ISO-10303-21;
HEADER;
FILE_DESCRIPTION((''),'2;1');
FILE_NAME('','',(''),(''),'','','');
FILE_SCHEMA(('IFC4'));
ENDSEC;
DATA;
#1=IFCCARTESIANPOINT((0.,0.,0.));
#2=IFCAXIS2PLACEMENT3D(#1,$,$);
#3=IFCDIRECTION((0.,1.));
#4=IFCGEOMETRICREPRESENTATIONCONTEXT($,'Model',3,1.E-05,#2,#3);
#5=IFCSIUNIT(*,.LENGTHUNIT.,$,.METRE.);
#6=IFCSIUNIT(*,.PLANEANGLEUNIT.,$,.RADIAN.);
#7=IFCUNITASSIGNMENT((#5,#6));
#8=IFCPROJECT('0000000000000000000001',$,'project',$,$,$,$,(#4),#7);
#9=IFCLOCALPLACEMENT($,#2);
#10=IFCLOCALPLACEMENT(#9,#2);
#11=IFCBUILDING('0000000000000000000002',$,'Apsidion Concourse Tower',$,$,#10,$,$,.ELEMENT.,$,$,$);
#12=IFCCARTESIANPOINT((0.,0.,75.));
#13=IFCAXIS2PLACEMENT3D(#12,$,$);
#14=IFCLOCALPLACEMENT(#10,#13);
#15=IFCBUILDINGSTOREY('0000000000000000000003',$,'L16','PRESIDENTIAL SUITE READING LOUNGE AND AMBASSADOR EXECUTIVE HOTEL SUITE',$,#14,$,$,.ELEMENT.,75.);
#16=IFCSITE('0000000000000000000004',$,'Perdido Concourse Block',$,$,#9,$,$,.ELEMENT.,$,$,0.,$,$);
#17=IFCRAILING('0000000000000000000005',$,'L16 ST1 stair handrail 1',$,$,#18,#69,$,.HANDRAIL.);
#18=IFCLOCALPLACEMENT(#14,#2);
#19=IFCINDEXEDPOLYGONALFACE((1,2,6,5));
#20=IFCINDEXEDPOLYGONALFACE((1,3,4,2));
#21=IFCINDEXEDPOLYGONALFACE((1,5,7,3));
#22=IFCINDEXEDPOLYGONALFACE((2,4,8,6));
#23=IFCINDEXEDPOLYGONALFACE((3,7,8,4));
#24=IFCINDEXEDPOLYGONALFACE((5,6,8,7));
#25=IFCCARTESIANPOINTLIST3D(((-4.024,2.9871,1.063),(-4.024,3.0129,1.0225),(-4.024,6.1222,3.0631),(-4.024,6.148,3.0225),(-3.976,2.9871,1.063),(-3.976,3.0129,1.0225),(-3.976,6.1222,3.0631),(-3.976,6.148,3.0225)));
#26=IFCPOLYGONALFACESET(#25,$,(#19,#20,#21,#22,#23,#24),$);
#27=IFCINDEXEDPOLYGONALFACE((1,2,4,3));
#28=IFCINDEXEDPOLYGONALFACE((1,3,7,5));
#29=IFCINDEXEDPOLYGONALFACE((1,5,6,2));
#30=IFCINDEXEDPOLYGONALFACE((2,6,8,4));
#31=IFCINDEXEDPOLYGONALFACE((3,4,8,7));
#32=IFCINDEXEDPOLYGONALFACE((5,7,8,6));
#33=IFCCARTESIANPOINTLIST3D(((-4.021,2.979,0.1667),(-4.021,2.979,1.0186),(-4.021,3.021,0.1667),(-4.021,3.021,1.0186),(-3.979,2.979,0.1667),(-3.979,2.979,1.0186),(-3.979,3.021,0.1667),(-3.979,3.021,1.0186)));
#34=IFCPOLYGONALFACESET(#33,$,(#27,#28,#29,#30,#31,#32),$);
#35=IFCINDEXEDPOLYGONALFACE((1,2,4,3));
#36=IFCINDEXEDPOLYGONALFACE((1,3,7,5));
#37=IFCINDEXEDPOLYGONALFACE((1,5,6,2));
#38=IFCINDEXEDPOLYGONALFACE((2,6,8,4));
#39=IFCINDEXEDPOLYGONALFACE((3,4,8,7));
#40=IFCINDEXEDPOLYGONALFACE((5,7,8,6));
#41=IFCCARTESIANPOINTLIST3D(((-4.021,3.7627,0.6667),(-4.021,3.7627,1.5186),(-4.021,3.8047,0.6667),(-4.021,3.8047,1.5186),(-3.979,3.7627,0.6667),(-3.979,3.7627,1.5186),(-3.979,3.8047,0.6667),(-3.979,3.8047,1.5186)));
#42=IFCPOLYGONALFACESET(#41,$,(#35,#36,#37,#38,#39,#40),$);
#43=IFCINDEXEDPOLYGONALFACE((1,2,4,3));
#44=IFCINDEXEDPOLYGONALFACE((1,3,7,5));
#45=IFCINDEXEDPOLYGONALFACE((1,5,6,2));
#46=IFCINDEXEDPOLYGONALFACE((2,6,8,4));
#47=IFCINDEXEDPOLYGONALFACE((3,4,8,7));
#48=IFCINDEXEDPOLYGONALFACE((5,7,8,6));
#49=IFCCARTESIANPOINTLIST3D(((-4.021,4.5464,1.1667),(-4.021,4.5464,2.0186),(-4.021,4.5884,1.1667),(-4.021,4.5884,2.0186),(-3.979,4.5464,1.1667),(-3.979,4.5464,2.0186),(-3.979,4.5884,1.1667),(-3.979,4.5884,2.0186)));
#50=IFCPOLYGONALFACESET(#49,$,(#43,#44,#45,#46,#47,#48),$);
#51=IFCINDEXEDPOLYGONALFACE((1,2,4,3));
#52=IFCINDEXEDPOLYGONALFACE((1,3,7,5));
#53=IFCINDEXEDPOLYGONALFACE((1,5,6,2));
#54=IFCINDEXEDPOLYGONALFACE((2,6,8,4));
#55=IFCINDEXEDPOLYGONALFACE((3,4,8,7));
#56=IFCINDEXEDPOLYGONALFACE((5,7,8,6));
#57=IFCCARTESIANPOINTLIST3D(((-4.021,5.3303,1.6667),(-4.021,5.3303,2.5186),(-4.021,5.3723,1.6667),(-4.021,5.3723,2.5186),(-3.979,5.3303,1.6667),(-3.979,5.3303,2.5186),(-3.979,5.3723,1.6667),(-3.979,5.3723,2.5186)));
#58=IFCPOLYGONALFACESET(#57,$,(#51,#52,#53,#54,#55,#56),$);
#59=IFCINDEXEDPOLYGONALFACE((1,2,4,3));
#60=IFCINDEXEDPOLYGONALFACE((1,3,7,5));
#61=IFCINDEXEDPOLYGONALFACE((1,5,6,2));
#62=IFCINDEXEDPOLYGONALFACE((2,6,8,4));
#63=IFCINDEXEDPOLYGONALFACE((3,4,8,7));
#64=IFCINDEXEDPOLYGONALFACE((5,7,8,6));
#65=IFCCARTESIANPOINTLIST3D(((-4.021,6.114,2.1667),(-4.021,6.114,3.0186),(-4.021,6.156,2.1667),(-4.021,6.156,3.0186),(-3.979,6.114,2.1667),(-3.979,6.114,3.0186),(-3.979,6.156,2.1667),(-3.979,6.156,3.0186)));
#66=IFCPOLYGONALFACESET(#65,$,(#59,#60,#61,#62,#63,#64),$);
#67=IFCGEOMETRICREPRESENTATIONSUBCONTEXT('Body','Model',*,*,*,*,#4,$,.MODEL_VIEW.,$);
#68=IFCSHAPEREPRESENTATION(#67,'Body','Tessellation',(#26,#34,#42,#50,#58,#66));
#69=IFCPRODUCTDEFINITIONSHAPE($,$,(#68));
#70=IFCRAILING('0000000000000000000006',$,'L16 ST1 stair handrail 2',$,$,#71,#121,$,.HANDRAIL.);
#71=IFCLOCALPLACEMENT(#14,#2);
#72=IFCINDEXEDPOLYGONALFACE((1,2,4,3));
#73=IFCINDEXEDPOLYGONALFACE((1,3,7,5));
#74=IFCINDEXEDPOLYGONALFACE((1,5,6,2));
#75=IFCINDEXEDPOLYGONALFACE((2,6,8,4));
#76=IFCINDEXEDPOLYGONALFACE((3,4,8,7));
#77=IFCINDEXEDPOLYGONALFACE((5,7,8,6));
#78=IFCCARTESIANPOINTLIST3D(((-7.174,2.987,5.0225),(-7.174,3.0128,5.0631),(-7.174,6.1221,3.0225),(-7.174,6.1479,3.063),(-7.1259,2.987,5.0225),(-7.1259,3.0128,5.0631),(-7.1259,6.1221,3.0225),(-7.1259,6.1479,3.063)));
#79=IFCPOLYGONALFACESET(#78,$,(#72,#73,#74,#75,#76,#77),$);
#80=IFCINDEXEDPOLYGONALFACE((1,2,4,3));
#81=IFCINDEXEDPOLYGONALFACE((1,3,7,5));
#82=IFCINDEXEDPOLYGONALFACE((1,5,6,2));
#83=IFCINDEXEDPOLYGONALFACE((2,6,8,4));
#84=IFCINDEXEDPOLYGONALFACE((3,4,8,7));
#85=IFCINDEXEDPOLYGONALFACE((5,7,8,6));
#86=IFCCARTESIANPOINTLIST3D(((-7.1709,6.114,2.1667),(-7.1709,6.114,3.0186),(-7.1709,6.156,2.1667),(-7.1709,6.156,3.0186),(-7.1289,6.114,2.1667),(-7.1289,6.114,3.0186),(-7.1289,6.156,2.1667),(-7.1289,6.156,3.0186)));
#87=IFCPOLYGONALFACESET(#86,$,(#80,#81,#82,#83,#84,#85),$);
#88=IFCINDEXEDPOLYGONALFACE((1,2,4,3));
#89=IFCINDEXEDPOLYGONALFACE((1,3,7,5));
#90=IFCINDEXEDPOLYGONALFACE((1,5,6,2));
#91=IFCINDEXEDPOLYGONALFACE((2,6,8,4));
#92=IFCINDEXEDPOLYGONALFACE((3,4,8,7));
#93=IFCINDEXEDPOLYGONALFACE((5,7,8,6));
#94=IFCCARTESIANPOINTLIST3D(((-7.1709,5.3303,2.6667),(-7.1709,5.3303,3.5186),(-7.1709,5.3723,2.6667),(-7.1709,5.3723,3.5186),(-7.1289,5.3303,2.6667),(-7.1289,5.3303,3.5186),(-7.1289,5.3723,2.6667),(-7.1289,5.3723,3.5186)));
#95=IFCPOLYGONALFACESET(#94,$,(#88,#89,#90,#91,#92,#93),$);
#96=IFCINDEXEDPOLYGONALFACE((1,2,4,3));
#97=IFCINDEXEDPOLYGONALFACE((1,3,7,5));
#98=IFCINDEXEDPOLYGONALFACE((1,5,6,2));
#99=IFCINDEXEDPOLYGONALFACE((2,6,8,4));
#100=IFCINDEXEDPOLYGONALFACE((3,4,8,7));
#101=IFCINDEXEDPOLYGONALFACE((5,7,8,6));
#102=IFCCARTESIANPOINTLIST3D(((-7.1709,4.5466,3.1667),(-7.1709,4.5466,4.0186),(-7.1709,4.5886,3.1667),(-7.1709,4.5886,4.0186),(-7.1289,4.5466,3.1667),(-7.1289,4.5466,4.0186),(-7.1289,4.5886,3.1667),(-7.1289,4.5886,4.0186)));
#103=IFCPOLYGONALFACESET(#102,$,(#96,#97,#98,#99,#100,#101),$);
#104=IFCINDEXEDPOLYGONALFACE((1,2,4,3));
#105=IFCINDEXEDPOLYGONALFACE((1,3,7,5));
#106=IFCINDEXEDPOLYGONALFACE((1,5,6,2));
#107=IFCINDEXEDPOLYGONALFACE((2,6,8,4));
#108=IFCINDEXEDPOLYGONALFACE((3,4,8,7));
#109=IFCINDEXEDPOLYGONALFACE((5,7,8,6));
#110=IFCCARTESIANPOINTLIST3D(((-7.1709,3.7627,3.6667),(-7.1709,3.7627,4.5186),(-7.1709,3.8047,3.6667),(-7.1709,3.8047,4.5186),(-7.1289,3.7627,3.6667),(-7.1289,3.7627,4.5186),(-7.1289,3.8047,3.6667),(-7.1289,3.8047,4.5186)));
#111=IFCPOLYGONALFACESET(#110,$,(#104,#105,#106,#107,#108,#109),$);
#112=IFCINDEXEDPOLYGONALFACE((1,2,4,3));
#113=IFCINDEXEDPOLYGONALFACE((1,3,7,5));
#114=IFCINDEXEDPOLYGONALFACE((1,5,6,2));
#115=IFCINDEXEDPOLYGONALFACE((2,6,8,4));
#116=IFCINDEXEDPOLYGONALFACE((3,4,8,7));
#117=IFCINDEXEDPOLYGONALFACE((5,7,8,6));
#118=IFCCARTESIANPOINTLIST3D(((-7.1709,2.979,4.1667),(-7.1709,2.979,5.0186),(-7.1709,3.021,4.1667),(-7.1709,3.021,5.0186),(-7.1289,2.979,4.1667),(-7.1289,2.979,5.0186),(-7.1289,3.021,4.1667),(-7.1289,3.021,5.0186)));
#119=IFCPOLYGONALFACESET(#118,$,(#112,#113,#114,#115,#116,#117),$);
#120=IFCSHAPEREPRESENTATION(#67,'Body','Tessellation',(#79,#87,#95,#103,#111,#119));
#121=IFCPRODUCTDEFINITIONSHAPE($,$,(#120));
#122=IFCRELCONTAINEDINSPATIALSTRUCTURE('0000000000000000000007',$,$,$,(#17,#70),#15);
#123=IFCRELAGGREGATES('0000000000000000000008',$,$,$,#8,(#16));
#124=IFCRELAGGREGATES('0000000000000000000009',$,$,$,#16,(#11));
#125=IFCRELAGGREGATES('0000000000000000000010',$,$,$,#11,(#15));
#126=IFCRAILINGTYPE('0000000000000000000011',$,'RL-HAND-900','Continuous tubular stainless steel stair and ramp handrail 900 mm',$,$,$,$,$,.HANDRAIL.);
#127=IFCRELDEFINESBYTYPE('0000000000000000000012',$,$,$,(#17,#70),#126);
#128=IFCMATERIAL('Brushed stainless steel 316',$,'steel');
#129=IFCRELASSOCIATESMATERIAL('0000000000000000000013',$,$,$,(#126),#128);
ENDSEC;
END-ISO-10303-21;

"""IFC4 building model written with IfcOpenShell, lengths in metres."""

from ifc_helpers import new_model, si_unit, direction, frame, origin, origin_2d, place, context, subcontext, project, spatial, rectangle, extrude, material, type_object, element, save


model = new_model("IFC4")

# Units and contexts
model_context = context("Model", 3, precision=1e-05, world=origin(), true_north=direction((0.0, 1.0)))
body_context = subcontext(model_context, "Body", "Model", "MODEL_VIEW")
ifc_project = project(units=[si_unit("LENGTHUNIT", "METRE"), si_unit("PLANEANGLEUNIT", "RADIAN")], contexts=[model_context])

# Site, building, storey
site_placement = place(None, origin())
site = spatial("IfcSite", under=ifc_project, at=site_placement, Name="Perdido Concourse Block", CompositionType="ELEMENT", RefElevation=0.0)
building_placement = place(site_placement, origin())
building = spatial("IfcBuilding", under=site, at=building_placement, Name="Apsidion Concourse Tower", CompositionType="ELEMENT")
storey_placement = place(building_placement, frame((0.0, 0.0, 75.0)))
storey = spatial("IfcBuildingStorey", under=building, at=storey_placement, Name="L16", Description="PRESIDENTIAL SUITE READING LOUNGE AND AMBASSADOR EXECUTIVE HOTEL SUITE", CompositionType="ELEMENT", Elevation=75.0)

# Shared definitions
ifc_material_1 = material(Name="Brushed stainless steel 316", Category="steel")

# Railings
railing_type_1 = type_object("IfcRailingType", Name="RL-HAND-900", Description="Continuous tubular stainless steel stair and ramp handrail 900 mm", PredefinedType="HANDRAIL", material=ifc_material_1)
railing_1_placement = place(storey_placement, frame((-4.0, 3.0, 0.1667)))
element("IfcRailing", 1, at=railing_1_placement, inside=storey, type_object=railing_type_1, Name="L16 ST1 stair handrail 1", PredefinedType="HANDRAIL", context=body_context, shape_type="SweptSolid", body=[
    extrude(rectangle(XDim=0.0481, YDim=0.0481, at=origin_2d()), frame((0.0, 0.0, 0.876), z_axis=(0.0, 0.843053, 0.537831), x_axis=(-1.0, 0.0, 0.0)), (0.0, 0.0, 1.0), 3.7188),
    extrude(rectangle(XDim=0.042, YDim=0.042, at=origin_2d()), origin(), (0.0, 0.0, 1.0), 0.8518),
    extrude(rectangle(XDim=0.042, YDim=0.042, at=origin_2d()), frame((0.0, 0.7837, 0.5)), (0.0, 0.0, 1.0), 0.8518),
    extrude(rectangle(XDim=0.042, YDim=0.042, at=origin_2d()), frame((0.0, 1.5674, 1.0)), (0.0, 0.0, 1.0), 0.8518),
    extrude(rectangle(XDim=0.042, YDim=0.042, at=origin_2d()), frame((0.0, 2.3513, 1.5)), (0.0, 0.0, 1.0), 0.8518),
    extrude(rectangle(XDim=0.042, YDim=0.042, at=origin_2d()), frame((0.0, 3.135, 2.0)), (0.0, 0.0, 1.0), 0.8518),
])
railing_2_placement = place(storey_placement, frame((-7.1499, 6.135, 2.1667)))
element("IfcRailing", 2, at=railing_2_placement, inside=storey, type_object=railing_type_1, Name="L16 ST1 stair handrail 2", PredefinedType="HANDRAIL", context=body_context, shape_type="SweptSolid", body=[
    extrude(rectangle(XDim=0.0481, YDim=0.0481, at=origin_2d()), frame((0.0, 0.0, 0.876), z_axis=(0.0, -0.843053, 0.537831), x_axis=(1.0, 0.0, 0.0)), (0.0, 0.0, 1.0), 3.7188),
    extrude(rectangle(XDim=0.042, YDim=0.042, at=origin_2d()), origin(), (0.0, 0.0, 1.0), 0.8518),
    extrude(rectangle(XDim=0.042, YDim=0.042, at=origin_2d()), frame((0.0, -0.7837, 0.5)), (0.0, 0.0, 1.0), 0.8518),
    extrude(rectangle(XDim=0.042, YDim=0.042, at=origin_2d()), frame((0.0, -1.5674, 1.0)), (0.0, 0.0, 1.0), 0.8518),
    extrude(rectangle(XDim=0.042, YDim=0.042, at=origin_2d()), frame((0.0, -2.3513, 1.5)), (0.0, 0.0, 1.0), 0.8518),
    extrude(rectangle(XDim=0.042, YDim=0.042, at=origin_2d()), frame((0.0, -3.135, 2.0)), (0.0, 0.0, 1.0), 0.8518),
])

save(model, "model.ifc")
